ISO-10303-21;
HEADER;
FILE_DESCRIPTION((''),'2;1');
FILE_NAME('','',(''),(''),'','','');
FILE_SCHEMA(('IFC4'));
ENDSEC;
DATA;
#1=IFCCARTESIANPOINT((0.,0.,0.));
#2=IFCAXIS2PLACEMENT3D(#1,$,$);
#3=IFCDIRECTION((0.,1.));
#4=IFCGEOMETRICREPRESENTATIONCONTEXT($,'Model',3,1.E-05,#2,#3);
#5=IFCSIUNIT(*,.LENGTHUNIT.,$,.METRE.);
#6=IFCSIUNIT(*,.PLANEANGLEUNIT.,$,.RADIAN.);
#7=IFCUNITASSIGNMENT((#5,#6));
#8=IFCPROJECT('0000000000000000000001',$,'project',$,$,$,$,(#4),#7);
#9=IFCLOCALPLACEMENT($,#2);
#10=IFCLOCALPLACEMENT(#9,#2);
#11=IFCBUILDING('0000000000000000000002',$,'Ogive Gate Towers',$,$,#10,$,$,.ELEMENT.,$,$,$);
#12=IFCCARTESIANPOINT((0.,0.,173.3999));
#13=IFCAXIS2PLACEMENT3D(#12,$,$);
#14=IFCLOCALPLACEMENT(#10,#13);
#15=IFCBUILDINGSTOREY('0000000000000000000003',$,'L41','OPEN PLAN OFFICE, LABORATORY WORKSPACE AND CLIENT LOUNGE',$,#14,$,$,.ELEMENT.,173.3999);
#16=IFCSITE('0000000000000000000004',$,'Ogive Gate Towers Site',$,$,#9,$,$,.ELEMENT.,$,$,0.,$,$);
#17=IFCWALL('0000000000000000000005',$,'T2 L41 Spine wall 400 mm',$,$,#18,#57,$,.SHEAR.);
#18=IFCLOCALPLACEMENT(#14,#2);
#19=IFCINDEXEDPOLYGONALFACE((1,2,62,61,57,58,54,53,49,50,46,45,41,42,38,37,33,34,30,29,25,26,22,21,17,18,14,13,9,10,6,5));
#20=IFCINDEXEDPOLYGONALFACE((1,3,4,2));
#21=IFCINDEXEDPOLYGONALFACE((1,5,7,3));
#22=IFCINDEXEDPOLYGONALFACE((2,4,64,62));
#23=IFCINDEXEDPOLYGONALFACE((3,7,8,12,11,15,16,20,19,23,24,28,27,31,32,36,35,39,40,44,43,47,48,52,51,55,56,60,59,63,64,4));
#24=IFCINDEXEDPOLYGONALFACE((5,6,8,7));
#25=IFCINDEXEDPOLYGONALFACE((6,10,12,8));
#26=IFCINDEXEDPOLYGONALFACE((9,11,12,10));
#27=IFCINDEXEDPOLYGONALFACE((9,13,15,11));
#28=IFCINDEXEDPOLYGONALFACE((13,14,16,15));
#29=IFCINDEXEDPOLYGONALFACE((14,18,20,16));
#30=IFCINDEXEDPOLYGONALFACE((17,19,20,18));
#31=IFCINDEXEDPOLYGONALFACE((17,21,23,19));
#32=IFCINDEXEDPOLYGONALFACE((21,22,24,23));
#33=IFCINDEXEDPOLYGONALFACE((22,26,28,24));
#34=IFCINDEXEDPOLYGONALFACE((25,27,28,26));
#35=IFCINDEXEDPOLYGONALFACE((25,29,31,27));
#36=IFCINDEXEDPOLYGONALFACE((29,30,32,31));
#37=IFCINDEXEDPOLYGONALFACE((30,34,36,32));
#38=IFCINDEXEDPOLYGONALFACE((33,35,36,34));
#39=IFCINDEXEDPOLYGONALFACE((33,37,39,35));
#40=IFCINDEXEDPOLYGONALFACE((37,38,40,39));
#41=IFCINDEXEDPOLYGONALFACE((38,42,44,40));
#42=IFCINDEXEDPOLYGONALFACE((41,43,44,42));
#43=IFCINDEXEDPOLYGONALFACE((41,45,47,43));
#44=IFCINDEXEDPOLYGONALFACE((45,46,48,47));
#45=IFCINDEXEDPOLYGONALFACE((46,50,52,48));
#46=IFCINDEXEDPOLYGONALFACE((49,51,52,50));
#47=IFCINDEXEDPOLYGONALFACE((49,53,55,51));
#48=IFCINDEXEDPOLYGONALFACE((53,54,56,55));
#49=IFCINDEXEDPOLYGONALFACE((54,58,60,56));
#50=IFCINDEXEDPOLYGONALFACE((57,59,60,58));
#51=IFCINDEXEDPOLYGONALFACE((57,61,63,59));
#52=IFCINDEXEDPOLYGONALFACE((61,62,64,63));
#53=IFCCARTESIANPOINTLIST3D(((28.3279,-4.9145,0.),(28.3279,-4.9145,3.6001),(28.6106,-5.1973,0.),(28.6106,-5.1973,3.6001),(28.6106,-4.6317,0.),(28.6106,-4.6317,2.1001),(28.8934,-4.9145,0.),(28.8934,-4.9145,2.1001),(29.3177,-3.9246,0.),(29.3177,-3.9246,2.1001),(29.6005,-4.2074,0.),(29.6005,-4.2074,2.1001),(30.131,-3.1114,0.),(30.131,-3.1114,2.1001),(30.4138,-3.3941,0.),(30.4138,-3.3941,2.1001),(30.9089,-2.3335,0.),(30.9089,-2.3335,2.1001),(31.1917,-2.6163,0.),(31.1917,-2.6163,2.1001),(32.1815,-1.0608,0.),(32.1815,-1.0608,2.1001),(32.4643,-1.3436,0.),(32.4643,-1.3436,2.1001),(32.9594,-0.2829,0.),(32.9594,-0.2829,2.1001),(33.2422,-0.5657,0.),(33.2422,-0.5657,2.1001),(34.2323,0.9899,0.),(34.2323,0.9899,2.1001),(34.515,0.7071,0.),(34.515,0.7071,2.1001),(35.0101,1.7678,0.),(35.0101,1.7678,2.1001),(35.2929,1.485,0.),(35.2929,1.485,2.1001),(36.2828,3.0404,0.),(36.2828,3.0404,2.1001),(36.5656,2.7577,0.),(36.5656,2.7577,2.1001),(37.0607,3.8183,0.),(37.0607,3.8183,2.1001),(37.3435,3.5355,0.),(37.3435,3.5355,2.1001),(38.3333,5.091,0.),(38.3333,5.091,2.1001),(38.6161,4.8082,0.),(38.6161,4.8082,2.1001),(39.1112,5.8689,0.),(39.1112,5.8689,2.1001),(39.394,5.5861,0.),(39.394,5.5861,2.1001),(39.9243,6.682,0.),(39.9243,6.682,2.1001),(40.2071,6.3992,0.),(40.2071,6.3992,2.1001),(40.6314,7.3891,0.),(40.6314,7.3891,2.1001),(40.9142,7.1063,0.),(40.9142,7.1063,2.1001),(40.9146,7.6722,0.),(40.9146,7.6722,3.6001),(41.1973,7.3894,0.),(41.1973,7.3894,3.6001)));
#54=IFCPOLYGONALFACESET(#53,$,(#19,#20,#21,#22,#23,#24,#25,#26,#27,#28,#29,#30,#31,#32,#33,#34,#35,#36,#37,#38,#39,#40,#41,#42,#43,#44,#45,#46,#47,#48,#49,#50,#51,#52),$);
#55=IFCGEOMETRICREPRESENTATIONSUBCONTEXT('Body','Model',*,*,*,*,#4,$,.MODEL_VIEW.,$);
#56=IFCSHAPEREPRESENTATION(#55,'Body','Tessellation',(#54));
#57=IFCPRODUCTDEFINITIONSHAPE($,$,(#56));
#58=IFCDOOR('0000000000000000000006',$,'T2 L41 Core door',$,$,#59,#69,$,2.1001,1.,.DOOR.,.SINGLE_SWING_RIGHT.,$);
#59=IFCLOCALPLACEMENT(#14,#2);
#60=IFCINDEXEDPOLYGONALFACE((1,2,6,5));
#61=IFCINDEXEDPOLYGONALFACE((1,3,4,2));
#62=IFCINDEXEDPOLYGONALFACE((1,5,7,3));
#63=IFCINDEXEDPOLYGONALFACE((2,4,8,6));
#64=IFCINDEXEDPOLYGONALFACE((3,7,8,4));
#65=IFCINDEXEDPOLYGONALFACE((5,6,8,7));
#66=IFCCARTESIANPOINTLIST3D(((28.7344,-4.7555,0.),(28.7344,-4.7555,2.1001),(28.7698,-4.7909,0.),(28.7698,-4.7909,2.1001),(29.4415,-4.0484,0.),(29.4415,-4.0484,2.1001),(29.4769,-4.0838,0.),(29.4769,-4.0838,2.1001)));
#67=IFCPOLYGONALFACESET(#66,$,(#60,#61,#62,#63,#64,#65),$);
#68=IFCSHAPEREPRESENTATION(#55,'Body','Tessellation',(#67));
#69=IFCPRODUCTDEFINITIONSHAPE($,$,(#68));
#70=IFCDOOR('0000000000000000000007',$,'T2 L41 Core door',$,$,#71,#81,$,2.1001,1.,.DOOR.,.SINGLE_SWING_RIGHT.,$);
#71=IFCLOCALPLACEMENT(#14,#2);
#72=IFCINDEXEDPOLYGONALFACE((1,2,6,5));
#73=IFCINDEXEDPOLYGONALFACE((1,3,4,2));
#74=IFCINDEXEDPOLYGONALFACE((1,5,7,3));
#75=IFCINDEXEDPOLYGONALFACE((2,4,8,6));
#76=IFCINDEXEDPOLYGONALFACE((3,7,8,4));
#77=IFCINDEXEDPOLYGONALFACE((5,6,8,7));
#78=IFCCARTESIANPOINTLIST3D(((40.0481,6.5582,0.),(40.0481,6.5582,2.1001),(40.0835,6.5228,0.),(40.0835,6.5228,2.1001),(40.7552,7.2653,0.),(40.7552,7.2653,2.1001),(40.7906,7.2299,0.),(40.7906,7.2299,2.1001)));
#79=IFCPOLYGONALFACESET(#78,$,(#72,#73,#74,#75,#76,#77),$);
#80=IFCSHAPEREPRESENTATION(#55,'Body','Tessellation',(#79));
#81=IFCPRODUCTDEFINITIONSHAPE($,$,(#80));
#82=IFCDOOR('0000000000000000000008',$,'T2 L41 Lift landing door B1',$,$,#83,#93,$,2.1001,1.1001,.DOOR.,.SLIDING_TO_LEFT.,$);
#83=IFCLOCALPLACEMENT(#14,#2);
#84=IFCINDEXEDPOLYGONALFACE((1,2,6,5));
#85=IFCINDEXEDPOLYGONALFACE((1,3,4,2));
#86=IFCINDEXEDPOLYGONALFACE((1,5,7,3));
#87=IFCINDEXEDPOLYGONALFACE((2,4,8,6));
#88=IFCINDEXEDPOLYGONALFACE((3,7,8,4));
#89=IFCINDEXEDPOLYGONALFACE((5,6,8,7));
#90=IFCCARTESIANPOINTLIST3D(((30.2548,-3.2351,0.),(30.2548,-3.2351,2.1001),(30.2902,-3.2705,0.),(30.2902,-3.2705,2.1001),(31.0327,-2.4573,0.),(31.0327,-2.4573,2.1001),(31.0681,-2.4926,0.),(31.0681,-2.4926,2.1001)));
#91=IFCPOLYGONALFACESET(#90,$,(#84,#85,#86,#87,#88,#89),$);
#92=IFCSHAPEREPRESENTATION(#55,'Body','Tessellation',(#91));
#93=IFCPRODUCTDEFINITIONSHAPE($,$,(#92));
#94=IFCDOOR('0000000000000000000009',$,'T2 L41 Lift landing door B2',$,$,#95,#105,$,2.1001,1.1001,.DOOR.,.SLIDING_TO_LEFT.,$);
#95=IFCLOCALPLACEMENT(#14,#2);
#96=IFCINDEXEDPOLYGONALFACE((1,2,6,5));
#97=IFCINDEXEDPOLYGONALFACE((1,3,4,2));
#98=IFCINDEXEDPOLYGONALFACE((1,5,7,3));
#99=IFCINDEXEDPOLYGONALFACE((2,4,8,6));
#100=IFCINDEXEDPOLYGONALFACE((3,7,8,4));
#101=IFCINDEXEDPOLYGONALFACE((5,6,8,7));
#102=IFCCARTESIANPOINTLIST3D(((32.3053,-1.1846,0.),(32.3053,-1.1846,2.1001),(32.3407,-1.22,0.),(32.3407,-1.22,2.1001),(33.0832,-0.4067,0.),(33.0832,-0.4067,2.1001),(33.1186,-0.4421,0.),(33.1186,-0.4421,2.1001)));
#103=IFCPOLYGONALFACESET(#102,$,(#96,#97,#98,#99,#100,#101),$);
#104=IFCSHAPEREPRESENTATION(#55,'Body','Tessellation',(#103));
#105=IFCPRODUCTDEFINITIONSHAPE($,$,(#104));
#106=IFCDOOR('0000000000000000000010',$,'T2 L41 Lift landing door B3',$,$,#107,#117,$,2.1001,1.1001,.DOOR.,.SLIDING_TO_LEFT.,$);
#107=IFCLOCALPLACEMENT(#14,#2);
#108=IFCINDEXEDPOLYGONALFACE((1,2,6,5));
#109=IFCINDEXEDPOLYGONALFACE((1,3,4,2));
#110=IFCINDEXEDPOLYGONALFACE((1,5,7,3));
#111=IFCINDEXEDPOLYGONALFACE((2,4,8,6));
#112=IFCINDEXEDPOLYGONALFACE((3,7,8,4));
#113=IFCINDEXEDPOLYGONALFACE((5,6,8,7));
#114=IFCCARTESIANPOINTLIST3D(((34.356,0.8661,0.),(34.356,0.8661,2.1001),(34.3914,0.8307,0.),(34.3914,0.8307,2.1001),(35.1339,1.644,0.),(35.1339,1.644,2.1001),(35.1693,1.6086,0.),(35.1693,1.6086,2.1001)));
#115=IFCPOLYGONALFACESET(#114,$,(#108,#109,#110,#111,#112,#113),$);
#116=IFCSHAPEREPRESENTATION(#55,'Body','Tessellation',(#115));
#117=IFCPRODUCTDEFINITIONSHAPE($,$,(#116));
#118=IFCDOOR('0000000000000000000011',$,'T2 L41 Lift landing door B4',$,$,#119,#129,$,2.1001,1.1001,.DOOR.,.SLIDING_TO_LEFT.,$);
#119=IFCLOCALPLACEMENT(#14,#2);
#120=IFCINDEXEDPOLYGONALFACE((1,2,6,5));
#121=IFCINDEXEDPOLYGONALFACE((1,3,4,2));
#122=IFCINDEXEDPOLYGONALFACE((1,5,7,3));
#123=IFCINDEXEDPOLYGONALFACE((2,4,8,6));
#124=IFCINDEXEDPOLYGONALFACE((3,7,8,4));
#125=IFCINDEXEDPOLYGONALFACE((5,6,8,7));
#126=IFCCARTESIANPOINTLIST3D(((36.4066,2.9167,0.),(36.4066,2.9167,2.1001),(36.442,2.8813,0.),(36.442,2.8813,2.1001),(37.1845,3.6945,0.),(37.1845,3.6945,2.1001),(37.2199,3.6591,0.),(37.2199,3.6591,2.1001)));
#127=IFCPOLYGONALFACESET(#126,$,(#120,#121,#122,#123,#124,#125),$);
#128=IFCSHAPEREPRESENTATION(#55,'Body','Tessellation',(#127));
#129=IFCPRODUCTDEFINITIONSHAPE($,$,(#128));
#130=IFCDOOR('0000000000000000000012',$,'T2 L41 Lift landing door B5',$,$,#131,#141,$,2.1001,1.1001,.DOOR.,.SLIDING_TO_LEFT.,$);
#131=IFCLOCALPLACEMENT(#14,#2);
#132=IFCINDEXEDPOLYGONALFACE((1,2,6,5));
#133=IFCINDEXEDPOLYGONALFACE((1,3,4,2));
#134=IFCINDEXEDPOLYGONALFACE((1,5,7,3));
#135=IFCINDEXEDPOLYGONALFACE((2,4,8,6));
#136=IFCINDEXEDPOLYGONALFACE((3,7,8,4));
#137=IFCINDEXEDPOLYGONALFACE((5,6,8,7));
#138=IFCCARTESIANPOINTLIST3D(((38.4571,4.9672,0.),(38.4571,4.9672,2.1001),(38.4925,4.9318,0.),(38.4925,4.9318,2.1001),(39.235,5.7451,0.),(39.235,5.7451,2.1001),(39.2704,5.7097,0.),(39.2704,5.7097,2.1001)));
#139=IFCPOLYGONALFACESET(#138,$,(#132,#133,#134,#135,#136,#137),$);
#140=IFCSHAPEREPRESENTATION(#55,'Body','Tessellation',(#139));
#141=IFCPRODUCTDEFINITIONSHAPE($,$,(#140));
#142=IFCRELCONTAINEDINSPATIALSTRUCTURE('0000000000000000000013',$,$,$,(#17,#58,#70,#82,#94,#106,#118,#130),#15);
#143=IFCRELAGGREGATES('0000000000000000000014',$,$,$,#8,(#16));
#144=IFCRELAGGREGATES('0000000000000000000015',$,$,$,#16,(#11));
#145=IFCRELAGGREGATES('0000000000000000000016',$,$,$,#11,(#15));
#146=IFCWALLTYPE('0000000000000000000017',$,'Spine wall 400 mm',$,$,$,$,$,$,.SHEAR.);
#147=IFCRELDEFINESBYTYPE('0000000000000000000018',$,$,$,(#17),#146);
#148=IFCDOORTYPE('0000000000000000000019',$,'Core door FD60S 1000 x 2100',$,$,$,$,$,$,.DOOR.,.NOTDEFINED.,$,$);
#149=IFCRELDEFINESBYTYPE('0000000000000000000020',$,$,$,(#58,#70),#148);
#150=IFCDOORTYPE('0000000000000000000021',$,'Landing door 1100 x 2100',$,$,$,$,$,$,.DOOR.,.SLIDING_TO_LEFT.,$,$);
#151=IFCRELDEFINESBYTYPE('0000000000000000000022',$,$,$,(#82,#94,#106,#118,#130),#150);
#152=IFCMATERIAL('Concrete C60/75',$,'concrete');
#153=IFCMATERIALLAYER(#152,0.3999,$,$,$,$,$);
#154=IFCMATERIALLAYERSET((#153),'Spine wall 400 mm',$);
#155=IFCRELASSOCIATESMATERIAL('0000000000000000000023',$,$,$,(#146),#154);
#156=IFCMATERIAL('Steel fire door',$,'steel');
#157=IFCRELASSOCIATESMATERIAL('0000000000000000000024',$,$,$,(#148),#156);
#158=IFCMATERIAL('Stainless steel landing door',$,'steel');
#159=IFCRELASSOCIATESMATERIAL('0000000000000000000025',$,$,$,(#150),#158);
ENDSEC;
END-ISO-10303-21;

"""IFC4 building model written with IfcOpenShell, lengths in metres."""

from ifc_helpers import new_model, si_unit, direction, frame, frame_2d, origin, place, context, subcontext, project, spatial, rectangle, extrude, material, layer, layer_set, type_object, element, fill, save


model = new_model("IFC4")

# Units and contexts
model_context = context("Model", 3, precision=1e-05, world=origin(), true_north=direction((0.0, 1.0)))
body_context = subcontext(model_context, "Body", "Model", "MODEL_VIEW")
ifc_project = project(units=[si_unit("LENGTHUNIT", "METRE"), si_unit("PLANEANGLEUNIT", "RADIAN")], contexts=[model_context])

# Site, building, storey
site_placement = place(None, origin())
site = spatial("IfcSite", under=ifc_project, at=site_placement, Name="Ogive Gate Towers Site", CompositionType="ELEMENT", RefElevation=0.0)
building_placement = place(site_placement, origin())
building = spatial("IfcBuilding", under=site, at=building_placement, Name="Ogive Gate Towers", CompositionType="ELEMENT")
storey_placement = place(building_placement, frame((0.0, 0.0, 173.3999)))
storey = spatial("IfcBuildingStorey", under=building, at=storey_placement, Name="L41", Description="OPEN PLAN OFFICE, LABORATORY WORKSPACE AND CLIENT LOUNGE", CompositionType="ELEMENT", Elevation=173.3999)

# Shared definitions
ifc_material_1 = material(Name="Concrete C60/75", Category="concrete")

# Wall, openings, doors
ifc_layer_1 = layer(ifc_material_1, 0.3999)
ifc_layer_set_1 = layer_set([ifc_layer_1], Name="Spine wall 400 mm")
wall_type_1 = type_object("IfcWallType", Name="Spine wall 400 mm", PredefinedType="SHEAR", material=ifc_layer_set_1)
ifc_material_2 = material(Name="Steel fire door", Category="steel")
door_type_1 = type_object("IfcDoorType", Name="Core door FD60S 1000 x 2100", OperationType="NOTDEFINED", PredefinedType="DOOR", material=ifc_material_2)
ifc_material_3 = material(Name="Stainless steel landing door", Category="steel")
door_type_2 = type_object("IfcDoorType", Name="Landing door 1100 x 2100", OperationType="SLIDING_TO_LEFT", PredefinedType="DOOR", material=ifc_material_3)
wall_1_placement = place(storey_placement, frame((28.4692, -5.0559, 0.0), z_axis=(0.0, 0.0, 1.0), x_axis=(0.707107, 0.707107, 0.0)))
wall_1 = element("IfcWall", 1, at=wall_1_placement, inside=storey, type_object=wall_type_1, Name="T2 L41 Spine wall 400 mm", PredefinedType="SHEAR", context=body_context, shape_type="SweptSolid", body=[
    extrude(rectangle(XDim=17.8003, YDim=0.3999, at=frame_2d((8.9001, 0.0))), origin(), (0.0, 0.0, 1.0), 3.6001),
])
opening_1_placement = place(wall_1_placement, frame((0.3999, 0.0, 0.0)))
opening_1 = element("IfcOpeningElement", 2, at=opening_1_placement, cuts=wall_1, PredefinedType="OPENING", context=body_context, shape_type="SweptSolid", body=[
    extrude(rectangle(XDim=1.0, YDim=2.1001, at=frame_2d((0.5, 1.05))), frame((0.0, 0.21, 0.0), z_axis=(0.0, -1.0, 0.0), x_axis=(1.0, 0.0, 0.0)), (0.0, 0.0, 1.0), 0.4199),
])
opening_2_placement = place(wall_1_placement, frame((2.55, 0.0, 0.0)))
opening_2 = element("IfcOpeningElement", 3, at=opening_2_placement, cuts=wall_1, PredefinedType="OPENING", context=body_context, shape_type="SweptSolid", body=[
    extrude(rectangle(XDim=1.1001, YDim=2.1001, at=frame_2d((0.55, 1.05))), frame((0.0, 0.21, 0.0), z_axis=(0.0, -1.0, 0.0), x_axis=(1.0, 0.0, 0.0)), (0.0, 0.0, 1.0), 0.4199),
])
opening_3_placement = place(wall_1_placement, frame((5.45, 0.0, 0.0)))
opening_3 = element("IfcOpeningElement", 4, at=opening_3_placement, cuts=wall_1, PredefinedType="OPENING", context=body_context, shape_type="SweptSolid", body=[
    extrude(rectangle(XDim=1.1001, YDim=2.1001, at=frame_2d((0.55, 1.05))), frame((0.0, 0.21, 0.0), z_axis=(0.0, -1.0, 0.0), x_axis=(1.0, 0.0, 0.0)), (0.0, 0.0, 1.0), 0.4199),
])
opening_4_placement = place(wall_1_placement, frame((8.3501, 0.0, 0.0)))
opening_4 = element("IfcOpeningElement", 5, at=opening_4_placement, cuts=wall_1, PredefinedType="OPENING", context=body_context, shape_type="SweptSolid", body=[
    extrude(rectangle(XDim=1.1001, YDim=2.1001, at=frame_2d((0.55, 1.05))), frame((0.0, 0.21, 0.0), z_axis=(0.0, -1.0, 0.0), x_axis=(1.0, 0.0, 0.0)), (0.0, 0.0, 1.0), 0.4199),
])
opening_5_placement = place(wall_1_placement, frame((11.25, 0.0, 0.0)))
opening_5 = element("IfcOpeningElement", 6, at=opening_5_placement, cuts=wall_1, PredefinedType="OPENING", context=body_context, shape_type="SweptSolid", body=[
    extrude(rectangle(XDim=1.1001, YDim=2.1001, at=frame_2d((0.55, 1.05))), frame((0.0, 0.21, 0.0), z_axis=(0.0, -1.0, 0.0), x_axis=(1.0, 0.0, 0.0)), (0.0, 0.0, 1.0), 0.4199),
])
opening_6_placement = place(wall_1_placement, frame((14.1499, 0.0, 0.0)))
opening_6 = element("IfcOpeningElement", 7, at=opening_6_placement, cuts=wall_1, PredefinedType="OPENING", context=body_context, shape_type="SweptSolid", body=[
    extrude(rectangle(XDim=1.1001, YDim=2.1001, at=frame_2d((0.55, 1.05))), frame((0.0, 0.21, 0.0), z_axis=(0.0, -1.0, 0.0), x_axis=(1.0, 0.0, 0.0)), (0.0, 0.0, 1.0), 0.4199),
])
opening_7_placement = place(wall_1_placement, frame((16.3999, 0.0, 0.0)))
opening_7 = element("IfcOpeningElement", 8, at=opening_7_placement, cuts=wall_1, PredefinedType="OPENING", context=body_context, shape_type="SweptSolid", body=[
    extrude(rectangle(XDim=1.0, YDim=2.1001, at=frame_2d((0.5, 1.05))), frame((0.0, 0.21, 0.0), z_axis=(0.0, -1.0, 0.0), x_axis=(1.0, 0.0, 0.0)), (0.0, 0.0, 1.0), 0.4199),
])
door_1_placement = place(opening_1_placement, origin())
door_1 = element("IfcDoor", 9, at=door_1_placement, inside=storey, type_object=door_type_1, Name="T2 L41 Core door", OperationType="SINGLE_SWING_RIGHT", OverallHeight=2.1001, OverallWidth=1.0, PredefinedType="DOOR", context=body_context, shape_type="SweptSolid", body=[
    extrude(rectangle(XDim=1.0, YDim=2.1001, at=frame_2d((0.5, 1.05))), frame((0.0, 0.0249, 0.0), z_axis=(0.0, -1.0, 0.0), x_axis=(1.0, 0.0, 0.0)), (0.0, 0.0, 1.0), 0.05),
])
fill(opening_1, door_1)
door_2_placement = place(opening_7_placement, origin())
door_2 = element("IfcDoor", 10, at=door_2_placement, inside=storey, type_object=door_type_1, Name="T2 L41 Core door", OperationType="SINGLE_SWING_RIGHT", OverallHeight=2.1001, OverallWidth=1.0, PredefinedType="DOOR", context=body_context, shape_type="SweptSolid", body=[
    extrude(rectangle(XDim=1.0, YDim=2.1001, at=frame_2d((0.5, 1.05))), frame((0.0, 0.0249, 0.0), z_axis=(0.0, -1.0, 0.0), x_axis=(1.0, 0.0, 0.0)), (0.0, 0.0, 1.0), 0.05),
])
fill(opening_7, door_2)
door_3_placement = place(opening_2_placement, origin())
door_3 = element("IfcDoor", 11, at=door_3_placement, inside=storey, type_object=door_type_2, Name="T2 L41 Lift landing door B1", OperationType="SLIDING_TO_LEFT", OverallHeight=2.1001, OverallWidth=1.1001, PredefinedType="DOOR", context=body_context, shape_type="SweptSolid", body=[
    extrude(rectangle(XDim=1.1001, YDim=2.1001, at=frame_2d((0.55, 1.05))), frame((0.0, 0.0249, 0.0), z_axis=(0.0, -1.0, 0.0), x_axis=(1.0, 0.0, 0.0)), (0.0, 0.0, 1.0), 0.05),
])
fill(opening_2, door_3)
door_4_placement = place(opening_3_placement, origin())
door_4 = element("IfcDoor", 12, at=door_4_placement, inside=storey, type_object=door_type_2, Name="T2 L41 Lift landing door B2", OperationType="SLIDING_TO_LEFT", OverallHeight=2.1001, OverallWidth=1.1001, PredefinedType="DOOR", context=body_context, shape_type="SweptSolid", body=[
    extrude(rectangle(XDim=1.1001, YDim=2.1001, at=frame_2d((0.55, 1.05))), frame((0.0, 0.0249, 0.0), z_axis=(0.0, -1.0, 0.0), x_axis=(1.0, 0.0, 0.0)), (0.0, 0.0, 1.0), 0.05),
])
fill(opening_3, door_4)
door_5_placement = place(opening_4_placement, origin())
door_5 = element("IfcDoor", 13, at=door_5_placement, inside=storey, type_object=door_type_2, Name="T2 L41 Lift landing door B3", OperationType="SLIDING_TO_LEFT", OverallHeight=2.1001, OverallWidth=1.1001, PredefinedType="DOOR", context=body_context, shape_type="SweptSolid", body=[
    extrude(rectangle(XDim=1.1001, YDim=2.1001, at=frame_2d((0.55, 1.05))), frame((0.0, 0.0249, 0.0), z_axis=(0.0, -1.0, 0.0), x_axis=(1.0, 0.0, 0.0)), (0.0, 0.0, 1.0), 0.05),
])
fill(opening_4, door_5)
door_6_placement = place(opening_5_placement, origin())
door_6 = element("IfcDoor", 14, at=door_6_placement, inside=storey, type_object=door_type_2, Name="T2 L41 Lift landing door B4", OperationType="SLIDING_TO_LEFT", OverallHeight=2.1001, OverallWidth=1.1001, PredefinedType="DOOR", context=body_context, shape_type="SweptSolid", body=[
    extrude(rectangle(XDim=1.1001, YDim=2.1001, at=frame_2d((0.55, 1.05))), frame((0.0, 0.0249, 0.0), z_axis=(0.0, -1.0, 0.0), x_axis=(1.0, 0.0, 0.0)), (0.0, 0.0, 1.0), 0.05),
])
fill(opening_5, door_6)
door_7_placement = place(opening_6_placement, origin())
door_7 = element("IfcDoor", 15, at=door_7_placement, inside=storey, type_object=door_type_2, Name="T2 L41 Lift landing door B5", OperationType="SLIDING_TO_LEFT", OverallHeight=2.1001, OverallWidth=1.1001, PredefinedType="DOOR", context=body_context, shape_type="SweptSolid", body=[
    extrude(rectangle(XDim=1.1001, YDim=2.1001, at=frame_2d((0.55, 1.05))), frame((0.0, 0.0249, 0.0), z_axis=(0.0, -1.0, 0.0), x_axis=(1.0, 0.0, 0.0)), (0.0, 0.0, 1.0), 0.05),
])
fill(opening_6, door_7)

save(model, "model.ifc")
